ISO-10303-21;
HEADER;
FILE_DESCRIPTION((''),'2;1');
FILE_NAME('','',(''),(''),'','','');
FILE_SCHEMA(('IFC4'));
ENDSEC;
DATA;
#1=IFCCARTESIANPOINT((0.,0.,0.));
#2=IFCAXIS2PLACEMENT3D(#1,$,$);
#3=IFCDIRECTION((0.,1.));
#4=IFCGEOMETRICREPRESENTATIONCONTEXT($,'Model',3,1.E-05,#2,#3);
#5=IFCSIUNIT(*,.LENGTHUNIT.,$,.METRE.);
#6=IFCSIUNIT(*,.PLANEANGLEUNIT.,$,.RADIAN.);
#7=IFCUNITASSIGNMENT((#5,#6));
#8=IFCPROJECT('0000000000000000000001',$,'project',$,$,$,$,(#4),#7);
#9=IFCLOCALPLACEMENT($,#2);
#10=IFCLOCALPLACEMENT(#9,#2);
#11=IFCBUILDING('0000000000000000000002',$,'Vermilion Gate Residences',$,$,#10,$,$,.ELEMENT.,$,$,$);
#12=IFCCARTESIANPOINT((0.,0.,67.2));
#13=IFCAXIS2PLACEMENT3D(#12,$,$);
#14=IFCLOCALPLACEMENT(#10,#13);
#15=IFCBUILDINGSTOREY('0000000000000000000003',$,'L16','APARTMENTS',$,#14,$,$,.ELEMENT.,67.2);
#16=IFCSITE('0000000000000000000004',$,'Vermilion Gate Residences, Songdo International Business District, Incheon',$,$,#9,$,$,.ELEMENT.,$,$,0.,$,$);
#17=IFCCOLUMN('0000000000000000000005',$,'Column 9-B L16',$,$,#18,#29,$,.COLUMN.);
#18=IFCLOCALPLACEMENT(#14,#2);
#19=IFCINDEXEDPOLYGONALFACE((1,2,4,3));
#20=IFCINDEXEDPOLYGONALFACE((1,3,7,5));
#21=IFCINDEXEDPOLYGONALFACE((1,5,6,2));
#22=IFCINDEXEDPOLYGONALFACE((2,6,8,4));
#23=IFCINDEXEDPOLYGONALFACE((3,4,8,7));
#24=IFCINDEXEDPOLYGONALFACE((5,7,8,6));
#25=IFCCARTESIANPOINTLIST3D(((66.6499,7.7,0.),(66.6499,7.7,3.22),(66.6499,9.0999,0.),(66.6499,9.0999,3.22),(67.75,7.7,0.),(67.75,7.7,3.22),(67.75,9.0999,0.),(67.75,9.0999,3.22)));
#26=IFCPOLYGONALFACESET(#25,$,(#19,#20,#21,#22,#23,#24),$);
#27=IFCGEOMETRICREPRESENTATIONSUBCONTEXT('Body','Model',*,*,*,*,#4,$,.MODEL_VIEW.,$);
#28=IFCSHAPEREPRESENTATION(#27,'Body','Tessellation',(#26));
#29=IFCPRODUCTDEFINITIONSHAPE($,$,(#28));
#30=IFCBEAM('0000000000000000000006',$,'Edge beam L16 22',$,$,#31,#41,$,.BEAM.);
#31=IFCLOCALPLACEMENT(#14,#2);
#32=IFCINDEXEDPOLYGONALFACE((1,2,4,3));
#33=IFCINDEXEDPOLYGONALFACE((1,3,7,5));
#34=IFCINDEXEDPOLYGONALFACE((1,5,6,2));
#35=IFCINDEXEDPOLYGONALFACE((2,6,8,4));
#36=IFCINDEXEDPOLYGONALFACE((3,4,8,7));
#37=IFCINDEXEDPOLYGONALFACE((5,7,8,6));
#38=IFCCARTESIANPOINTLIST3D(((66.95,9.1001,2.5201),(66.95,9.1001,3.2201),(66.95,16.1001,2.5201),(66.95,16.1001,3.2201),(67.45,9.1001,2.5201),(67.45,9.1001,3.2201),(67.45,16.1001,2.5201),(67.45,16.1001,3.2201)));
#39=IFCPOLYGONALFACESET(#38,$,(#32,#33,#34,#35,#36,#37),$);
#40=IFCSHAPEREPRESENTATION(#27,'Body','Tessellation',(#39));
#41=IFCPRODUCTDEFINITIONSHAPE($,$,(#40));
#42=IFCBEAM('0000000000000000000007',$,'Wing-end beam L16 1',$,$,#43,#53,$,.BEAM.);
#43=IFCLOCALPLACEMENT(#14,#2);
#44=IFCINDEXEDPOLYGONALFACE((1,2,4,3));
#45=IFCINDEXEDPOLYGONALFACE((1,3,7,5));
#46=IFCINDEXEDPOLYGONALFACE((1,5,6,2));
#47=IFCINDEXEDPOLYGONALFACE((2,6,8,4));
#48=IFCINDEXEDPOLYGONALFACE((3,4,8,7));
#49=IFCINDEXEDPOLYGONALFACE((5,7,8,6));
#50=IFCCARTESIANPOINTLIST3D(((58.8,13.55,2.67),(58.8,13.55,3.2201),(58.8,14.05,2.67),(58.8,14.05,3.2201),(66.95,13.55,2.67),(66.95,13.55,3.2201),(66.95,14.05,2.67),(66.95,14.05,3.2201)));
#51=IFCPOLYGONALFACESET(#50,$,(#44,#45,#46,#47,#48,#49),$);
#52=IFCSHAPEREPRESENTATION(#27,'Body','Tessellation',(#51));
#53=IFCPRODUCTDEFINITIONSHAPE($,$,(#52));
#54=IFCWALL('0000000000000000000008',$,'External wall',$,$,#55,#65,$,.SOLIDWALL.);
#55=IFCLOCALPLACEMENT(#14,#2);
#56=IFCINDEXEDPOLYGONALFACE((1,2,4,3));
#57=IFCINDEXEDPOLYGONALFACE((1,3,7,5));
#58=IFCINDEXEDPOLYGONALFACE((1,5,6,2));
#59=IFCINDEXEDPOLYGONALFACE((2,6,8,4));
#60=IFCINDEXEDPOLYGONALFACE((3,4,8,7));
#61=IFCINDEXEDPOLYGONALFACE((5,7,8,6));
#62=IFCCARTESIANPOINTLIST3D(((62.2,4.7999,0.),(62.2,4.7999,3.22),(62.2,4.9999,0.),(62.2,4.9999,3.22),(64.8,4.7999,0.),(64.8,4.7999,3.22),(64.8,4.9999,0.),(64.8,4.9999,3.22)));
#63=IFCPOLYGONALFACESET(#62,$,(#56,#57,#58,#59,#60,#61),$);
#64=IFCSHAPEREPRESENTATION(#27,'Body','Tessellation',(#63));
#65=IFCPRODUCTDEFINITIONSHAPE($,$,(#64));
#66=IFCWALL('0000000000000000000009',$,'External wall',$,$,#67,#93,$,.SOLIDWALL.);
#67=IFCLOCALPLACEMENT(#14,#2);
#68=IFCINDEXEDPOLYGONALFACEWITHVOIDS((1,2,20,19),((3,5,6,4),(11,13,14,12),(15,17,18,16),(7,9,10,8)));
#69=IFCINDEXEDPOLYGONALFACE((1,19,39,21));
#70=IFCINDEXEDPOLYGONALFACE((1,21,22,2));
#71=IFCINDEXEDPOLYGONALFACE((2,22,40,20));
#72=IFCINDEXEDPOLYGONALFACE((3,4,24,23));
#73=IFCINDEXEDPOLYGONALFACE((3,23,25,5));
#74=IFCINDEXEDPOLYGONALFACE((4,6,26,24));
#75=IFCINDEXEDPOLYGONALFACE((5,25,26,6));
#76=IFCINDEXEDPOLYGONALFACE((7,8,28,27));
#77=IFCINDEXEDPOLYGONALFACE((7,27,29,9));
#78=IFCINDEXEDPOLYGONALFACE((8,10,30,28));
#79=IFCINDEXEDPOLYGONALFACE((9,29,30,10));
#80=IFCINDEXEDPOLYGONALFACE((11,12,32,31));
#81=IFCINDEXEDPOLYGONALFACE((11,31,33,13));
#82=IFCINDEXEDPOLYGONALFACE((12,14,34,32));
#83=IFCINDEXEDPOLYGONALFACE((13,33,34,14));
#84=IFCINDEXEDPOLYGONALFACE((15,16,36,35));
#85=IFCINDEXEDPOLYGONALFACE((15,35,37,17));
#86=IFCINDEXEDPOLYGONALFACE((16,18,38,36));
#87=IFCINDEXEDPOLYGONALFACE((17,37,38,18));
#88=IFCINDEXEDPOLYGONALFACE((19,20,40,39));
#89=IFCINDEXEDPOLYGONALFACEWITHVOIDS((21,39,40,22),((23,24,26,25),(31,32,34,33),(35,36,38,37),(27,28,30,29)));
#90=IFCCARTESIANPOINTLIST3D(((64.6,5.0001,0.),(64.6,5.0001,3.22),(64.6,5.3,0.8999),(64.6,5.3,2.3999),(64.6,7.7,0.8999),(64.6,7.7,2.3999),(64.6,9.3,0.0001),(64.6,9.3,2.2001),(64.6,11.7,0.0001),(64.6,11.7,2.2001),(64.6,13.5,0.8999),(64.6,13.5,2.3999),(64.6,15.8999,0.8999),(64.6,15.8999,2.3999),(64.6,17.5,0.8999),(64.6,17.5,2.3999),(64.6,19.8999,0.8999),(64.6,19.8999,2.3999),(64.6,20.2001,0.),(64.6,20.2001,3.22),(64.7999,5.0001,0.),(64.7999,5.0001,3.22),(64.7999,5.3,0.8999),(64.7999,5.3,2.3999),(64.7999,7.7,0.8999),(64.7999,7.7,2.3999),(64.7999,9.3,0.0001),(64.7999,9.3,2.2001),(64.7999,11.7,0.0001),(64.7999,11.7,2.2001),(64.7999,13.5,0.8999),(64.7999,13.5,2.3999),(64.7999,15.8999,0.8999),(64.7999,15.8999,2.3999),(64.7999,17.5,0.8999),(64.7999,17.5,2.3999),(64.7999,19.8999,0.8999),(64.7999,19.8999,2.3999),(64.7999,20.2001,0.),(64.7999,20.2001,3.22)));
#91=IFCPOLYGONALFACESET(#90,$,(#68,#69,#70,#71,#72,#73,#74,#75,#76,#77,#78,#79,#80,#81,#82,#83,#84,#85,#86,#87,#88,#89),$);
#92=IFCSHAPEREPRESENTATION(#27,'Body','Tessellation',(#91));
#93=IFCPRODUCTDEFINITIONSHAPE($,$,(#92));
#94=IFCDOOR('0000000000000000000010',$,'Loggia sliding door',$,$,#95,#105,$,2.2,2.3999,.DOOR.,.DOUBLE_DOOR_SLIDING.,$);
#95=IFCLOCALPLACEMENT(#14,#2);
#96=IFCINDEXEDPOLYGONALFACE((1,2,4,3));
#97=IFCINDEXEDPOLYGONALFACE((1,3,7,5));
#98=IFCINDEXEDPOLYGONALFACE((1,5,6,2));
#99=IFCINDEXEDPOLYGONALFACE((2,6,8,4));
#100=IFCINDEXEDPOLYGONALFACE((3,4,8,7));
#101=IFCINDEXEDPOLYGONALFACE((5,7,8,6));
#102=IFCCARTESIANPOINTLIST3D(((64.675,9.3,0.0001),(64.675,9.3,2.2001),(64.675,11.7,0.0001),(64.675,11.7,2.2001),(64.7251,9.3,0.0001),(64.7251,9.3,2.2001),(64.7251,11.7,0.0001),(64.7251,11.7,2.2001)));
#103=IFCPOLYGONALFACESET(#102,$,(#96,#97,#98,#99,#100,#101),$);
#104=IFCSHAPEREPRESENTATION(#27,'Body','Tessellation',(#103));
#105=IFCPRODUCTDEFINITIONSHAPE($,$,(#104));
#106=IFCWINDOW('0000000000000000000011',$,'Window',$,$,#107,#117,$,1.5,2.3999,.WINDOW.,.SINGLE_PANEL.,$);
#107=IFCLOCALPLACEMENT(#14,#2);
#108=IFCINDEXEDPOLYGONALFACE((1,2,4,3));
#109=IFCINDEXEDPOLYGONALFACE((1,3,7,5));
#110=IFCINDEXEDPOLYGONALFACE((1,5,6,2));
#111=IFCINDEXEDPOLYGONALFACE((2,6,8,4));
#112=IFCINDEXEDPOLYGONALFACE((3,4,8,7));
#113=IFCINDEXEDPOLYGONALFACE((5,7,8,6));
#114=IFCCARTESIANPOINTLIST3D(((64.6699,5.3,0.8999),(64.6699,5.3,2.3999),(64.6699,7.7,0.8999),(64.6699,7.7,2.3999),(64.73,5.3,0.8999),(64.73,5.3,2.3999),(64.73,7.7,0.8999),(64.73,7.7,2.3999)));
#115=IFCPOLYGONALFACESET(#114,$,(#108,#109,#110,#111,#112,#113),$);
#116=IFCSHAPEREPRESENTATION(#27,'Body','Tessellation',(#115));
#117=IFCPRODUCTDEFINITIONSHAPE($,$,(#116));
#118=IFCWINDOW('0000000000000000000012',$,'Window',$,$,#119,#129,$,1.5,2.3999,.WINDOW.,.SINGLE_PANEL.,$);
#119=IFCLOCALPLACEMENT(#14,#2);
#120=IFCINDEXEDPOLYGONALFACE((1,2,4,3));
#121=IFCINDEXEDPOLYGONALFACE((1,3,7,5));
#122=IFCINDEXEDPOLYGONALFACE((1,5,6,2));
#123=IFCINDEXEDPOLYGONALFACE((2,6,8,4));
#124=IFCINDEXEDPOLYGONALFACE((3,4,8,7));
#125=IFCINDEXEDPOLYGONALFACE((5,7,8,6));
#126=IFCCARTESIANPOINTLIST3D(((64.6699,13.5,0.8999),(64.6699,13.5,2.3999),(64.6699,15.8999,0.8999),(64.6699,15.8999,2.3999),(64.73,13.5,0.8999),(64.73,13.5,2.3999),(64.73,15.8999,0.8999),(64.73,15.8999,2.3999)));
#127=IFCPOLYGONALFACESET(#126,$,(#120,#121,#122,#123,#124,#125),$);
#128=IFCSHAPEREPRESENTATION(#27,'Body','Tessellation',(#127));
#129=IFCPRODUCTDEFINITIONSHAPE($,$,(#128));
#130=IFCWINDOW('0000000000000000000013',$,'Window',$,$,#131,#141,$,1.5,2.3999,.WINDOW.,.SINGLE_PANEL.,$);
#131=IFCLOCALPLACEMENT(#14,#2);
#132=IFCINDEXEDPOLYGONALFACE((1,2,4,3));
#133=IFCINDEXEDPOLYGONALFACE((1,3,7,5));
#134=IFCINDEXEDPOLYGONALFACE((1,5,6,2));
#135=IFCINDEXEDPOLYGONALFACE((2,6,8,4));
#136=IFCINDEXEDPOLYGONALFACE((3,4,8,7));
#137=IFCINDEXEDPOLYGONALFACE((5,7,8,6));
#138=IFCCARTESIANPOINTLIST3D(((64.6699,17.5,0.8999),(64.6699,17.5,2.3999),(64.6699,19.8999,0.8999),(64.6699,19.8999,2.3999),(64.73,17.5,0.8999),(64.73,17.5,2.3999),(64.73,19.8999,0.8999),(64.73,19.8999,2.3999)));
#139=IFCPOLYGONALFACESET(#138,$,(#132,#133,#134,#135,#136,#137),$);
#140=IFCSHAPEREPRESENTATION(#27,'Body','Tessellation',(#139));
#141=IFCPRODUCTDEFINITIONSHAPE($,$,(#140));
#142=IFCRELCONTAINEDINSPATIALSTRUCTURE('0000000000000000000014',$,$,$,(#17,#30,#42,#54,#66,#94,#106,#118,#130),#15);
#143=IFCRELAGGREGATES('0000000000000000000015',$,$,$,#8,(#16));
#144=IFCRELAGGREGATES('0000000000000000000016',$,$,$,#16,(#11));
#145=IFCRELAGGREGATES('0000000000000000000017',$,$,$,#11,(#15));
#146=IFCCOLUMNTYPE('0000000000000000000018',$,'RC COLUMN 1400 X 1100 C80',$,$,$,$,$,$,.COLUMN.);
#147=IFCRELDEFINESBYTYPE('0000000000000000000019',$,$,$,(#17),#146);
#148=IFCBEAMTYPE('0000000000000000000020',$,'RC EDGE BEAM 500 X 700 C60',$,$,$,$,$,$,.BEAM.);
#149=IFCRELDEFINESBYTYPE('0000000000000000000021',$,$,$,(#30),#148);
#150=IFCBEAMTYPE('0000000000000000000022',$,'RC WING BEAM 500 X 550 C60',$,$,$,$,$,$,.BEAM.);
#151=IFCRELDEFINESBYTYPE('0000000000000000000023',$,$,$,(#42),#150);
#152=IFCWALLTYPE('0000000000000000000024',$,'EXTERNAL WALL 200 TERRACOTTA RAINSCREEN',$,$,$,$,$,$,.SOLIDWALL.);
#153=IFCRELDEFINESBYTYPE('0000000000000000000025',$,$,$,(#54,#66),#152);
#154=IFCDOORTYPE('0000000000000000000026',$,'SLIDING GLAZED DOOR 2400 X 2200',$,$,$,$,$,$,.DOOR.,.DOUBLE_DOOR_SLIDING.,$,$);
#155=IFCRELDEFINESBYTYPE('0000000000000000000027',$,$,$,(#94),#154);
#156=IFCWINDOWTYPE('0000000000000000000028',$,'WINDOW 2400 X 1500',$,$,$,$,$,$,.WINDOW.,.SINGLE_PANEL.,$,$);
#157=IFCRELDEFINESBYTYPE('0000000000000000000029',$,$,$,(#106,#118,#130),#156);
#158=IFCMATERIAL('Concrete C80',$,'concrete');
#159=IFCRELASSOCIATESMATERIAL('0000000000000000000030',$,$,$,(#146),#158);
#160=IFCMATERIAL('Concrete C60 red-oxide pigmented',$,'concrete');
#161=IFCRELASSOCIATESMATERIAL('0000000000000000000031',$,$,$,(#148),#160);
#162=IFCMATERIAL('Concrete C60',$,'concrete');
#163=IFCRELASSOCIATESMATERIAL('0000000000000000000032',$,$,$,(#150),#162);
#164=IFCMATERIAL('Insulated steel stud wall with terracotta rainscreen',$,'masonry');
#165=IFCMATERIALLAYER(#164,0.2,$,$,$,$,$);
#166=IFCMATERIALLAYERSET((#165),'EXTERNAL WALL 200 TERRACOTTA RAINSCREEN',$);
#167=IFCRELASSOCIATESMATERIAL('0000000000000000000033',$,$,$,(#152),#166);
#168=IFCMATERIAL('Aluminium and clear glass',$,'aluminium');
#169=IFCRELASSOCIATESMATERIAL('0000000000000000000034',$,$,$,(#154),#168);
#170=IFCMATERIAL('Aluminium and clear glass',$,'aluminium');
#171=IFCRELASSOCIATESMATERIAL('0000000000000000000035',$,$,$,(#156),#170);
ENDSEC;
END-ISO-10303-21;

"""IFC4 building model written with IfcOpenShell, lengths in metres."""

from ifc_helpers import new_model, si_unit, direction, frame, frame_2d, origin, origin_2d, place, context, subcontext, project, spatial, rectangle, extrude, material, layer, layer_set, material_profile, profile_set, type_object, element, fill, save


model = new_model("IFC4")

# Units and contexts
model_context = context("Model", 3, precision=1e-05, world=origin(), true_north=direction((0.0, 1.0)))
body_context = subcontext(model_context, "Body", "Model", "MODEL_VIEW")
ifc_project = project(units=[si_unit("LENGTHUNIT", "METRE"), si_unit("PLANEANGLEUNIT", "RADIAN")], contexts=[model_context])

# Site, building, storey
site_placement = place(None, origin())
site = spatial("IfcSite", under=ifc_project, at=site_placement, Name="Vermilion Gate Residences, Songdo International Business District, Incheon", CompositionType="ELEMENT", RefElevation=0.0)
building_placement = place(site_placement, origin())
building = spatial("IfcBuilding", under=site, at=building_placement, Name="Vermilion Gate Residences", CompositionType="ELEMENT")
storey_placement = place(building_placement, frame((0.0, 0.0, 67.2)))
storey = spatial("IfcBuildingStorey", under=building, at=storey_placement, Name="L16", Description="APARTMENTS", CompositionType="ELEMENT", Elevation=67.2)

# Column
ifc_material_1 = material(Name="Concrete C80", Category="concrete")
ifc_material_profile_1 = material_profile(ifc_material_1, rectangle(XDim=1.3999, YDim=1.1001, at=origin_2d()), Name="RC-1400x1100")
ifc_profile_set_1 = profile_set([ifc_material_profile_1], Name="Concrete C80")
column_type = type_object("IfcColumnType", Name="RC COLUMN 1400 X 1100 C80", PredefinedType="COLUMN", material=ifc_profile_set_1)
column_placement = place(storey_placement, frame((67.2, 8.3999, 0.0), z_axis=(0.0, 0.0, 1.0), x_axis=(0.0, 1.0, 0.0)))
element("IfcColumn", 1, at=column_placement, inside=storey, type_object=column_type, Name="Column 9-B L16", PredefinedType="COLUMN", context=body_context, shape_type="SweptSolid", body=[
    extrude(rectangle(XDim=1.3999, YDim=1.1001, at=origin_2d()), origin(), (0.0, 0.0, 1.0), 3.22),
])

# Beams
ifc_material_2 = material(Name="Concrete C60 red-oxide pigmented", Category="concrete")
ifc_material_profile_2 = material_profile(ifc_material_2, rectangle(XDim=0.5, YDim=0.7, at=origin_2d()), Name="RC-500x700")
ifc_profile_set_2 = profile_set([ifc_material_profile_2], Name="Concrete C60 red-oxide pigmented")
beam_type_1 = type_object("IfcBeamType", Name="RC EDGE BEAM 500 X 700 C60", PredefinedType="BEAM", material=ifc_profile_set_2)
beam_1_placement = place(storey_placement, frame((67.2, 9.1001, 2.8701), z_axis=(0.0, 1.0, 0.0), x_axis=(-1.0, 0.0, 0.0)))
element("IfcBeam", 2, at=beam_1_placement, inside=storey, type_object=beam_type_1, Name="Edge beam L16 22", PredefinedType="BEAM", context=body_context, shape_type="SweptSolid", body=[
    extrude(rectangle(XDim=0.5, YDim=0.7, at=origin_2d()), origin(), (0.0, 0.0, 1.0), 7.0),
])
ifc_material_3 = material(Name="Concrete C60", Category="concrete")
ifc_material_profile_3 = material_profile(ifc_material_3, rectangle(XDim=0.5, YDim=0.55, at=origin_2d()), Name="RC-500x550")
ifc_profile_set_3 = profile_set([ifc_material_profile_3], Name="Concrete C60")
beam_type_2 = type_object("IfcBeamType", Name="RC WING BEAM 500 X 550 C60", PredefinedType="BEAM", material=ifc_profile_set_3)
beam_2_placement = place(storey_placement, frame((58.8, 13.8, 2.9451), z_axis=(1.0, 0.0, 0.0), x_axis=(0.0, 1.0, 0.0)))
element("IfcBeam", 3, at=beam_2_placement, inside=storey, type_object=beam_type_2, Name="Wing-end beam L16 1", PredefinedType="BEAM", context=body_context, shape_type="SweptSolid", body=[
    extrude(rectangle(XDim=0.5, YDim=0.55, at=origin_2d()), origin(), (0.0, 0.0, 1.0), 8.1499),
])

# Wall
ifc_material_4 = material(Name="Insulated steel stud wall with terracotta rainscreen", Category="masonry")
ifc_layer_1 = layer(ifc_material_4, 0.2)
ifc_layer_set_1 = layer_set([ifc_layer_1], Name="EXTERNAL WALL 200 TERRACOTTA RAINSCREEN")
wall_type_1 = type_object("IfcWallType", Name="EXTERNAL WALL 200 TERRACOTTA RAINSCREEN", PredefinedType="SOLIDWALL", material=ifc_layer_set_1)
wall_1_placement = place(storey_placement, frame((62.2, 4.8999, 0.0), z_axis=(0.0, 0.0, 1.0), x_axis=(1.0, 0.0, 0.0)))
element("IfcWall", 4, at=wall_1_placement, inside=storey, type_object=wall_type_1, Name="External wall", PredefinedType="SOLIDWALL", context=body_context, shape_type="SweptSolid", body=[
    extrude(rectangle(XDim=2.6001, YDim=0.2, at=frame_2d((1.3, 0.0))), origin(), (0.0, 0.0, 1.0), 3.22),
])

# Wall, openings, door, windows
wall_2_placement = place(storey_placement, frame((64.7, 5.0, 0.0), z_axis=(0.0, 0.0, 1.0), x_axis=(0.0, 1.0, 0.0)))
wall_2 = element("IfcWall", 5, at=wall_2_placement, inside=storey, type_object=wall_type_1, Name="External wall", PredefinedType="SOLIDWALL", context=body_context, shape_type="SweptSolid", body=[
    extrude(rectangle(XDim=15.2, YDim=0.2, at=frame_2d((7.6001, 0.0))), origin(), (0.0, 0.0, 1.0), 3.22),
])
opening_1_placement = place(wall_2_placement, frame((0.3, 0.0, 0.8999)))
opening_1 = element("IfcOpeningElement", 6, at=opening_1_placement, cuts=wall_2, PredefinedType="OPENING", context=body_context, shape_type="SweptSolid", body=[
    extrude(rectangle(XDim=2.3999, YDim=1.5, at=frame_2d((1.2, 0.75))), frame((0.0, 0.1099, 0.0), z_axis=(0.0, -1.0, 0.0), x_axis=(1.0, 0.0, 0.0)), (0.0, 0.0, 1.0), 0.22),
])
opening_2_placement = place(wall_2_placement, frame((4.3, 0.0, 0.0)))
opening_2 = element("IfcOpeningElement", 7, at=opening_2_placement, cuts=wall_2, PredefinedType="OPENING", context=body_context, shape_type="SweptSolid", body=[
    extrude(rectangle(XDim=2.3999, YDim=2.2, at=frame_2d((1.2, 1.1001))), frame((0.0, 0.1099, 0.0), z_axis=(0.0, -1.0, 0.0), x_axis=(1.0, 0.0, 0.0)), (0.0, 0.0, 1.0), 0.22),
])
opening_3_placement = place(wall_2_placement, frame((8.5, 0.0, 0.8999)))
opening_3 = element("IfcOpeningElement", 8, at=opening_3_placement, cuts=wall_2, PredefinedType="OPENING", context=body_context, shape_type="SweptSolid", body=[
    extrude(rectangle(XDim=2.3999, YDim=1.5, at=frame_2d((1.2, 0.75))), frame((0.0, 0.1099, 0.0), z_axis=(0.0, -1.0, 0.0), x_axis=(1.0, 0.0, 0.0)), (0.0, 0.0, 1.0), 0.22),
])
opening_4_placement = place(wall_2_placement, frame((12.5, 0.0, 0.8999)))
opening_4 = element("IfcOpeningElement", 9, at=opening_4_placement, cuts=wall_2, PredefinedType="OPENING", context=body_context, shape_type="SweptSolid", body=[
    extrude(rectangle(XDim=2.3999, YDim=1.5, at=frame_2d((1.2, 0.75))), frame((0.0, 0.1099, 0.0), z_axis=(0.0, -1.0, 0.0), x_axis=(1.0, 0.0, 0.0)), (0.0, 0.0, 1.0), 0.22),
])
ifc_material_5 = material(Name="Aluminium and clear glass", Category="aluminium")
door_type_1 = type_object("IfcDoorType", Name="SLIDING GLAZED DOOR 2400 X 2200", OperationType="DOUBLE_DOOR_SLIDING", PredefinedType="DOOR", material=ifc_material_5)
door_1_placement = place(opening_2_placement, origin())
door_1 = element("IfcDoor", 10, at=door_1_placement, inside=storey, type_object=door_type_1, Name="Loggia sliding door", OperationType="DOUBLE_DOOR_SLIDING", OverallHeight=2.2, OverallWidth=2.3999, PredefinedType="DOOR", context=body_context, shape_type="SweptSolid", body=[
    extrude(rectangle(XDim=2.3999, YDim=2.2, at=frame_2d((1.2, 1.1001))), frame((0.0, 0.0249, 0.0), z_axis=(0.0, -1.0, 0.0), x_axis=(1.0, 0.0, 0.0)), (0.0, 0.0, 1.0), 0.05),
])
fill(opening_2, door_1)
ifc_material_6 = material(Name="Aluminium and clear glass", Category="aluminium")
window_type = type_object("IfcWindowType", Name="WINDOW 2400 X 1500", PartitioningType="SINGLE_PANEL", PredefinedType="WINDOW", material=ifc_material_6)
window_1_placement = place(opening_1_placement, origin())
window_1 = element("IfcWindow", 11, at=window_1_placement, inside=storey, type_object=window_type, Name="Window", OverallHeight=1.5, OverallWidth=2.3999, PartitioningType="SINGLE_PANEL", PredefinedType="WINDOW", context=body_context, shape_type="SweptSolid", body=[
    extrude(rectangle(XDim=2.3999, YDim=1.5, at=frame_2d((1.2, 0.75))), frame((0.0, 0.03, 0.0), z_axis=(0.0, -1.0, 0.0), x_axis=(1.0, 0.0, 0.0)), (0.0, 0.0, 1.0), 0.0601),
])
fill(opening_1, window_1)
window_2_placement = place(opening_3_placement, origin())
window_2 = element("IfcWindow", 12, at=window_2_placement, inside=storey, type_object=window_type, Name="Window", OverallHeight=1.5, OverallWidth=2.3999, PartitioningType="SINGLE_PANEL", PredefinedType="WINDOW", context=body_context, shape_type="SweptSolid", body=[
    extrude(rectangle(XDim=2.3999, YDim=1.5, at=frame_2d((1.2, 0.75))), frame((0.0, 0.03, 0.0), z_axis=(0.0, -1.0, 0.0), x_axis=(1.0, 0.0, 0.0)), (0.0, 0.0, 1.0), 0.0601),
])
fill(opening_3, window_2)
window_3_placement = place(opening_4_placement, origin())
window_3 = element("IfcWindow", 13, at=window_3_placement, inside=storey, type_object=window_type, Name="Window", OverallHeight=1.5, OverallWidth=2.3999, PartitioningType="SINGLE_PANEL", PredefinedType="WINDOW", context=body_context, shape_type="SweptSolid", body=[
    extrude(rectangle(XDim=2.3999, YDim=1.5, at=frame_2d((1.2, 0.75))), frame((0.0, 0.03, 0.0), z_axis=(0.0, -1.0, 0.0), x_axis=(1.0, 0.0, 0.0)), (0.0, 0.0, 1.0), 0.0601),
])
fill(opening_4, window_3)

save(model, "model.ifc")
